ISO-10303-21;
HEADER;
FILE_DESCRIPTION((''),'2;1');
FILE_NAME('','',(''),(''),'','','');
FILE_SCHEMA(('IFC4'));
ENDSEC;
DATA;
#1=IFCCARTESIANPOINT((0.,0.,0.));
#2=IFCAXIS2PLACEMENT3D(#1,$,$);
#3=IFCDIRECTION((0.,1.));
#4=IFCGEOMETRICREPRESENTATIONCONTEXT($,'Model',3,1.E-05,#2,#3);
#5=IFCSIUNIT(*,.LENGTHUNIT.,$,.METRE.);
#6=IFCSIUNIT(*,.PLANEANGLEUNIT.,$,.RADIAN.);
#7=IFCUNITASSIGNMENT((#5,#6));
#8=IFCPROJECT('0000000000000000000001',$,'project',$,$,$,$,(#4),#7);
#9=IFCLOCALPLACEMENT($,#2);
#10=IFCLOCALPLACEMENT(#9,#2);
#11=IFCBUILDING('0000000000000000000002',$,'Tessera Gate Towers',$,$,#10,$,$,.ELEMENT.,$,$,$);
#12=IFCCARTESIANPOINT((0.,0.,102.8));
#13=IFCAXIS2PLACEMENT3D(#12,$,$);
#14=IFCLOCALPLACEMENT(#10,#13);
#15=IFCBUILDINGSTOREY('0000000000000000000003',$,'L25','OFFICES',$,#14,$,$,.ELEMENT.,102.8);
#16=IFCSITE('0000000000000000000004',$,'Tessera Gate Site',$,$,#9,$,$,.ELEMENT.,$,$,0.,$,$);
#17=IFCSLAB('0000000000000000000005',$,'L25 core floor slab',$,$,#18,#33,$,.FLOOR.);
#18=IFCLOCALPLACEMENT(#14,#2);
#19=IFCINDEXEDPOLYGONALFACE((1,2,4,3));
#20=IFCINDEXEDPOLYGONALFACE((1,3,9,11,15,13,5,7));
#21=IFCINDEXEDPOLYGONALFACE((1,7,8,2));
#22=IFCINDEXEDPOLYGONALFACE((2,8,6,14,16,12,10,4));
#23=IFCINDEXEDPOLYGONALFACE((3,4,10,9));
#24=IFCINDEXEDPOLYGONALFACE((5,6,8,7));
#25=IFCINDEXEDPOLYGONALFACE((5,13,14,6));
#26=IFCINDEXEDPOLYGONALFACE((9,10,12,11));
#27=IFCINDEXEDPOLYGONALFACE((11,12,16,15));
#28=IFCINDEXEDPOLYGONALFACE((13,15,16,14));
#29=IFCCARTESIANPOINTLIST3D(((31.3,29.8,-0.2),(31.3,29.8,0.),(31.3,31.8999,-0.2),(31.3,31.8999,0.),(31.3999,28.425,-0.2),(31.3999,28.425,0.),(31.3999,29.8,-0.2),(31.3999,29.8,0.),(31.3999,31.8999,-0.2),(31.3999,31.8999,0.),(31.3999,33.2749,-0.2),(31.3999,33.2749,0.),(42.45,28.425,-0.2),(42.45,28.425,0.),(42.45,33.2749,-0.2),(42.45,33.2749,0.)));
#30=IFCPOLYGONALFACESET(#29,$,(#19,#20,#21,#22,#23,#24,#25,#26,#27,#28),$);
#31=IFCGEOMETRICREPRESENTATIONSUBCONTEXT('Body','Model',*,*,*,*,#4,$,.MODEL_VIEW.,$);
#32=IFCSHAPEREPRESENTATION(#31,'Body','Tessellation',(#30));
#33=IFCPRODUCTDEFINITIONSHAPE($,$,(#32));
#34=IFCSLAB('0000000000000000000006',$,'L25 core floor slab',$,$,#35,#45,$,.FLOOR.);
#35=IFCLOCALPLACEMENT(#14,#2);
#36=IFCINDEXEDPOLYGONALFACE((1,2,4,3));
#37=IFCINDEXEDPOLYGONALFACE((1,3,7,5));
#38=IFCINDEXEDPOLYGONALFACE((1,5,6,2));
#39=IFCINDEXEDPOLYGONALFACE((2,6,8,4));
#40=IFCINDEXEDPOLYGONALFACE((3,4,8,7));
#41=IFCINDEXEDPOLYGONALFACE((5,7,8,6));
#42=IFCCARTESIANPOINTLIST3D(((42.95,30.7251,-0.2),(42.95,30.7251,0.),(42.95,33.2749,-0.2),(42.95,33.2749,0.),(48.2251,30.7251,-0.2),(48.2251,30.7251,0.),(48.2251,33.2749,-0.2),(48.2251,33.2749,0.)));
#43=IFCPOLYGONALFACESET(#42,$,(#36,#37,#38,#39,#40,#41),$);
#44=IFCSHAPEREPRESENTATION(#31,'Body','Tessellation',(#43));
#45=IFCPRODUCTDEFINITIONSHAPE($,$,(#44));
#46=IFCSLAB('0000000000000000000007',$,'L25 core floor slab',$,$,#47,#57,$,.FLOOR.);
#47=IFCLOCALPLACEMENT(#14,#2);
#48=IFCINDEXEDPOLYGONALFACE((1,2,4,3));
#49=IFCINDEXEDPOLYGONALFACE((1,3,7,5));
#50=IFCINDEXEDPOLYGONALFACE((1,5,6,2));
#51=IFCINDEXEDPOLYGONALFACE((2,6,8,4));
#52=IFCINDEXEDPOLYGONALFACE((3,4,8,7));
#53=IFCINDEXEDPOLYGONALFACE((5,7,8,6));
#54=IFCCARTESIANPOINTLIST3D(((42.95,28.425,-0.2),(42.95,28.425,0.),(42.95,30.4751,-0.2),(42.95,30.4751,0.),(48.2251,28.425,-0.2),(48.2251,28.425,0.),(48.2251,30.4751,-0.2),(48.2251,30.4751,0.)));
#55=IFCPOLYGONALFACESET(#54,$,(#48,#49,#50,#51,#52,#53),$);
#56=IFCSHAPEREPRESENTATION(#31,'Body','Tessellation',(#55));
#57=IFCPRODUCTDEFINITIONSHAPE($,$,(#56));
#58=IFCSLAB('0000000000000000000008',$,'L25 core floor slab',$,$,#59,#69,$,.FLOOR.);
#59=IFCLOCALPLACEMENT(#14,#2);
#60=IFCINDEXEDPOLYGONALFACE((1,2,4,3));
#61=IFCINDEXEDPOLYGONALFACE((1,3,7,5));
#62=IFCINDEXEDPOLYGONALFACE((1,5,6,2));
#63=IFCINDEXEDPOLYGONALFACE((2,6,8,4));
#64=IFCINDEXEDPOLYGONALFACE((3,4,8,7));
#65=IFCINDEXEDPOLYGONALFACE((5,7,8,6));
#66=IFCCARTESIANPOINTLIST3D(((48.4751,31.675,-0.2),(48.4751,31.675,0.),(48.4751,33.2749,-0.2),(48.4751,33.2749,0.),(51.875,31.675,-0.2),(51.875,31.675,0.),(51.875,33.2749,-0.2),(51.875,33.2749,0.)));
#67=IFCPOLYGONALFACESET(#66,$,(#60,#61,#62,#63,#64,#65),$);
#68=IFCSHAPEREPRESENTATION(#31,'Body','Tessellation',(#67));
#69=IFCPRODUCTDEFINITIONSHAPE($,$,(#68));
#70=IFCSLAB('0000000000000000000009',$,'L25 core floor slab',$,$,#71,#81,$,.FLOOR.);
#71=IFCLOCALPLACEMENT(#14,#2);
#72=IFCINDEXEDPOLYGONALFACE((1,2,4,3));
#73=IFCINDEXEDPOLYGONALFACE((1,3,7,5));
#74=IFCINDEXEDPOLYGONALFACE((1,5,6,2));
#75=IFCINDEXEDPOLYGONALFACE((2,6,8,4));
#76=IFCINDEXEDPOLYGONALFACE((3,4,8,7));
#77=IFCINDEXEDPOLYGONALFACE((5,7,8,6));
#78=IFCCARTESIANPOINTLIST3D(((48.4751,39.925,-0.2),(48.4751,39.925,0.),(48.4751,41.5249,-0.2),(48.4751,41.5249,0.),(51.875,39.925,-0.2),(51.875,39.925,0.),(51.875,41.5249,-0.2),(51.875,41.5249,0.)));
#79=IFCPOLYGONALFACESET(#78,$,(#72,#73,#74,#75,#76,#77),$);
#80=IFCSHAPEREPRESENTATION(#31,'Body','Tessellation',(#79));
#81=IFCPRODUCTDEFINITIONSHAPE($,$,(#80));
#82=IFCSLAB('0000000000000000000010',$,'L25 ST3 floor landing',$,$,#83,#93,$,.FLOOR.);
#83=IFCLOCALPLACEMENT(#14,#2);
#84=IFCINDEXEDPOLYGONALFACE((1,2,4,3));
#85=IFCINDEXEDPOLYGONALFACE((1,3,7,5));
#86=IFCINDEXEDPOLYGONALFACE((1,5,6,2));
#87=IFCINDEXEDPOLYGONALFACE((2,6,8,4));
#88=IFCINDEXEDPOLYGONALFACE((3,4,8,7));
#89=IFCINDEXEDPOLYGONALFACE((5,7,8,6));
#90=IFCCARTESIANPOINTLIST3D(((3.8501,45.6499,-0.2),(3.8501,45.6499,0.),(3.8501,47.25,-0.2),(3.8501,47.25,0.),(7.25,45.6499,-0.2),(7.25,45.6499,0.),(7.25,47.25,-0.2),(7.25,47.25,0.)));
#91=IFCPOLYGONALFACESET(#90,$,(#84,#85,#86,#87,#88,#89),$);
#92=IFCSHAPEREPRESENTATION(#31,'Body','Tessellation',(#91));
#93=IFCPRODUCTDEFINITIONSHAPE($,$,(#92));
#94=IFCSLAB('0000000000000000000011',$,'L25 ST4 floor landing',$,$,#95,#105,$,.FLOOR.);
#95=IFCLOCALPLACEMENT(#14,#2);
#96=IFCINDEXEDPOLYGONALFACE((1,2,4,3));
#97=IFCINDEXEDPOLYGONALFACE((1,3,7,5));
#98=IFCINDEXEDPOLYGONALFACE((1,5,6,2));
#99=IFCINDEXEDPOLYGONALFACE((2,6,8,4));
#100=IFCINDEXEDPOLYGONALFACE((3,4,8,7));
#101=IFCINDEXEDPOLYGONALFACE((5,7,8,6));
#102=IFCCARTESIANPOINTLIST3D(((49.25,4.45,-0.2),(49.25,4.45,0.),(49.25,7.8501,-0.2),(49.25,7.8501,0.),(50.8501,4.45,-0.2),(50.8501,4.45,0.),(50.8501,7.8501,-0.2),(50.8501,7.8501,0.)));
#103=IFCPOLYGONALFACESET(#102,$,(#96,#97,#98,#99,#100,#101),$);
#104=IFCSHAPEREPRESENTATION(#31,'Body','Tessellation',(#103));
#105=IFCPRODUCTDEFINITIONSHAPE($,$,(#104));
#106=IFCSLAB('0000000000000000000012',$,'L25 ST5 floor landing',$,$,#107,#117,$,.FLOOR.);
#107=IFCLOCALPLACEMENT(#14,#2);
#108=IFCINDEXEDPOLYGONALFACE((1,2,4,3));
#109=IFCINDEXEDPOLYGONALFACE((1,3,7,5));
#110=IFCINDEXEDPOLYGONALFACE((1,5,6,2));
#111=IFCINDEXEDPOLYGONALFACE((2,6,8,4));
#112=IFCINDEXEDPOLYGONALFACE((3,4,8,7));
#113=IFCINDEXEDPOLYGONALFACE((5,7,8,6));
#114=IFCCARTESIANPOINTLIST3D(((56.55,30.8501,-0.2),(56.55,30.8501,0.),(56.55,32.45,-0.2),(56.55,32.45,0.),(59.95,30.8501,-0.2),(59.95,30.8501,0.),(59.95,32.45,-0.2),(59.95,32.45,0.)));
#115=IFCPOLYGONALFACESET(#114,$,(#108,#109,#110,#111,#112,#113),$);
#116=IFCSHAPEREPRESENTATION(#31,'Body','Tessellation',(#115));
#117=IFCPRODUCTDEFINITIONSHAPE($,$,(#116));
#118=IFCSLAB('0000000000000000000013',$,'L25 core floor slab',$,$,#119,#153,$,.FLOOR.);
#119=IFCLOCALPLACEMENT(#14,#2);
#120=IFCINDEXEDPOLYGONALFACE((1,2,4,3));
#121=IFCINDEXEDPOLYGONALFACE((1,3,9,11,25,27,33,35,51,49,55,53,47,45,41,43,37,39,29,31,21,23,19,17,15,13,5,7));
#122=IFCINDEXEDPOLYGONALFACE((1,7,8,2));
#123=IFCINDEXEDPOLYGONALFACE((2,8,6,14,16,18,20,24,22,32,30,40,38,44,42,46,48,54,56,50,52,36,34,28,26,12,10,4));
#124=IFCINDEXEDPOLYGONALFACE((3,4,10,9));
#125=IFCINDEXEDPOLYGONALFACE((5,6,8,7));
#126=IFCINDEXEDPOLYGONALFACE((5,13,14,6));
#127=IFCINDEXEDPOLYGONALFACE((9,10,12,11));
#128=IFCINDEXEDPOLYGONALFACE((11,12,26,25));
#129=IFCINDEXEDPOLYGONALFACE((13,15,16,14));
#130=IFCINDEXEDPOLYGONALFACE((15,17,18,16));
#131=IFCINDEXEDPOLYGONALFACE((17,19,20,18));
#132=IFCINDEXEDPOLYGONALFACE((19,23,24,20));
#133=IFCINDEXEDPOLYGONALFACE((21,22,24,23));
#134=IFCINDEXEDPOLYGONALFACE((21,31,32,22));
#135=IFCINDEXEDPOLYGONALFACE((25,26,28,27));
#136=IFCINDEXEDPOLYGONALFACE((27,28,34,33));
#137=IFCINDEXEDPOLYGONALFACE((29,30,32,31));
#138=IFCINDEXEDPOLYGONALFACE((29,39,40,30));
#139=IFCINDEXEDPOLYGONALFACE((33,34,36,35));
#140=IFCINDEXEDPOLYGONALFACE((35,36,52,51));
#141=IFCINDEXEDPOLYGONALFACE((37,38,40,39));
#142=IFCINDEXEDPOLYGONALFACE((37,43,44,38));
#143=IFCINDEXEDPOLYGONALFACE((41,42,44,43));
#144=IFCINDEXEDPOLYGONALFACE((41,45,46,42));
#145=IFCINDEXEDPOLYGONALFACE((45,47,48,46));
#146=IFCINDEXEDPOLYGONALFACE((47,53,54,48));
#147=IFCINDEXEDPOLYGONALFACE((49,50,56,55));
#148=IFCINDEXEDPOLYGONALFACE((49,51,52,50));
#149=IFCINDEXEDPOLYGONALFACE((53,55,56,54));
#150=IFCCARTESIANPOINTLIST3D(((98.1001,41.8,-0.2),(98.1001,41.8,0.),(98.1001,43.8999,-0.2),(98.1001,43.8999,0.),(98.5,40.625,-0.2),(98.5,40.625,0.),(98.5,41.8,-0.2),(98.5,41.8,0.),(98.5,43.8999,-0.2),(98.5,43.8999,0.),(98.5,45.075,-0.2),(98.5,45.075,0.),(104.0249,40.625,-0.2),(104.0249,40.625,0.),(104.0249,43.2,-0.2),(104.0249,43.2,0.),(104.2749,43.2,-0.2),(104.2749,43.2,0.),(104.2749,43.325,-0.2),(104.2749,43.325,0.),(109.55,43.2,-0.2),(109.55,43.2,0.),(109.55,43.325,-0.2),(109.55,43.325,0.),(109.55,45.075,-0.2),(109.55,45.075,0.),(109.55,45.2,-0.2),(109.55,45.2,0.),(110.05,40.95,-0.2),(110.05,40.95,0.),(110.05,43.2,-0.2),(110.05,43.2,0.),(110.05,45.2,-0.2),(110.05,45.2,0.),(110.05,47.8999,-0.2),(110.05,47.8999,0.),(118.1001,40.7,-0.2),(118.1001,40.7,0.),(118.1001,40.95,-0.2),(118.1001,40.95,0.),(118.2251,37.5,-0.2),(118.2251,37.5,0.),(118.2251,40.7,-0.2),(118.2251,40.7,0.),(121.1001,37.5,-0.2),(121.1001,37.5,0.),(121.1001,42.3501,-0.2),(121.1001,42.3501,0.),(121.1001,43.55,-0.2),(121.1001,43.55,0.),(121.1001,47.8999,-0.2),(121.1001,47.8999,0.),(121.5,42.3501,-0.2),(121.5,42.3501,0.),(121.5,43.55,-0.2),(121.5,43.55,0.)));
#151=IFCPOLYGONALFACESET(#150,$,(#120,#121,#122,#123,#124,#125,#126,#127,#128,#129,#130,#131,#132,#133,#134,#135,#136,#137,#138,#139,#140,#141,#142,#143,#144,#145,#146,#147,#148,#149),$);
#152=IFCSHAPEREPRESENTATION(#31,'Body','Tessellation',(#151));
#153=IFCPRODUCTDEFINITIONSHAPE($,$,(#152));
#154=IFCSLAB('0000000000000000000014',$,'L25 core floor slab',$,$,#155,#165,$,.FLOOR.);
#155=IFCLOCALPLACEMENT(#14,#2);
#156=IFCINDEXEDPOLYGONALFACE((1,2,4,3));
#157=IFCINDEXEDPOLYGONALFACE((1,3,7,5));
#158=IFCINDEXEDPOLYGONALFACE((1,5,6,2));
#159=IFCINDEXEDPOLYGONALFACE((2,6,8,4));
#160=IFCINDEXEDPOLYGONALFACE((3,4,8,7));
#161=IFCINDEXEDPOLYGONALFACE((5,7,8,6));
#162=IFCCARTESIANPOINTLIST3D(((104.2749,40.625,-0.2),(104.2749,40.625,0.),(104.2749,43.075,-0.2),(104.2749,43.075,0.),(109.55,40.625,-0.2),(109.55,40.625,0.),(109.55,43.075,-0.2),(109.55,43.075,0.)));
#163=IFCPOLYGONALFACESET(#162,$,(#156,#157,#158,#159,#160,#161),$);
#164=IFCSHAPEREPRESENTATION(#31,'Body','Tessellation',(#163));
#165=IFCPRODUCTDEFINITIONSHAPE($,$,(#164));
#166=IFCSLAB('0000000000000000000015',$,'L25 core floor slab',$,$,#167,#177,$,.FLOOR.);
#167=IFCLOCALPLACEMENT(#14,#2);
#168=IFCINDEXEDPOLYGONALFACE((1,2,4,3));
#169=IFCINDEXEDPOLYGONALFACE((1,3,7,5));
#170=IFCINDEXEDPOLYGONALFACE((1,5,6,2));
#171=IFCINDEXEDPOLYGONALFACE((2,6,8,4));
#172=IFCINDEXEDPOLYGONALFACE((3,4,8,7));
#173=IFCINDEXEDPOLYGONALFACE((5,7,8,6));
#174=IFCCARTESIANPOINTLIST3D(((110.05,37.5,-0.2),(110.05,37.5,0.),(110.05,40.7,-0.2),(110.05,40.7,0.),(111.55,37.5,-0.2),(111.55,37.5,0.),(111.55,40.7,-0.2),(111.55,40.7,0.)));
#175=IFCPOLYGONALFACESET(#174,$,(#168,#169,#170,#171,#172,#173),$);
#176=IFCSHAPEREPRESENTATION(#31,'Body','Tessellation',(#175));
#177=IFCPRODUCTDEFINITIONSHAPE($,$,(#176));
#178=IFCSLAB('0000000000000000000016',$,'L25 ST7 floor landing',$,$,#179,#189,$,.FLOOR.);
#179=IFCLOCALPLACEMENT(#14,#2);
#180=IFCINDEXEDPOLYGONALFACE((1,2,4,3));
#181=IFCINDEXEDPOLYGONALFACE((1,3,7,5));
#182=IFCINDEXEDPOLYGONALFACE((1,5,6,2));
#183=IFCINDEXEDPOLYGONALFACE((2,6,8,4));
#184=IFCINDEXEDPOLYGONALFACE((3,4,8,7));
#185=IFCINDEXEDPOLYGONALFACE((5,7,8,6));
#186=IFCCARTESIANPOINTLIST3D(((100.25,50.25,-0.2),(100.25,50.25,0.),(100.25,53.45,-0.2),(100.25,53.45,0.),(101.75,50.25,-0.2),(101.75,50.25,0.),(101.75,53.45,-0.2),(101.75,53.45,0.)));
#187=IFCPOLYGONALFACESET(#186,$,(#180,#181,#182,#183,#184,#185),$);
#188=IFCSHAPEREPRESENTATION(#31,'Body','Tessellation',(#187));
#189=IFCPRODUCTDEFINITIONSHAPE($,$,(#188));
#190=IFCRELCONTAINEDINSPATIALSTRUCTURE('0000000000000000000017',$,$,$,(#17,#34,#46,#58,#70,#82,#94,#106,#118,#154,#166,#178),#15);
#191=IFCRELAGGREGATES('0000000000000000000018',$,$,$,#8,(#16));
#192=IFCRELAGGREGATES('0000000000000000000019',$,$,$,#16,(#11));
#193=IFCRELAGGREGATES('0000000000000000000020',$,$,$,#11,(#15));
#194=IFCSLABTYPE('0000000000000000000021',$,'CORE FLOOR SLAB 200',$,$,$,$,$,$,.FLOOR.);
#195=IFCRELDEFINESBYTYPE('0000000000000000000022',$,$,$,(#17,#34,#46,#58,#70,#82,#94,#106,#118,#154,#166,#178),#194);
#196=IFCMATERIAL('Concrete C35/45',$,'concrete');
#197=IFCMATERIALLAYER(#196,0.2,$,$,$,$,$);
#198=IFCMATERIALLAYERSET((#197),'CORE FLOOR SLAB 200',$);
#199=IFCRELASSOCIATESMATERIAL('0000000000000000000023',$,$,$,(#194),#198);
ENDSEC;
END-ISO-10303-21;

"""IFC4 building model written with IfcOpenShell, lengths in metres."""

from ifc_helpers import new_model, si_unit, direction, frame, origin, place, context, subcontext, project, spatial, polyline, outline, extrude, material, layer, layer_set, type_object, element, save


model = new_model("IFC4")

# Units and contexts
model_context = context("Model", 3, precision=1e-05, world=origin(), true_north=direction((0.0, 1.0)))
body_context = subcontext(model_context, "Body", "Model", "MODEL_VIEW")
ifc_project = project(units=[si_unit("LENGTHUNIT", "METRE"), si_unit("PLANEANGLEUNIT", "RADIAN")], contexts=[model_context])

# Site, building, storey
site_placement = place(None, origin())
site = spatial("IfcSite", under=ifc_project, at=site_placement, Name="Tessera Gate Site", CompositionType="ELEMENT", RefElevation=0.0)
building_placement = place(site_placement, origin())
building = spatial("IfcBuilding", under=site, at=building_placement, Name="Tessera Gate Towers", CompositionType="ELEMENT")
storey_placement = place(building_placement, frame((0.0, 0.0, 102.8)))
storey = spatial("IfcBuildingStorey", under=building, at=storey_placement, Name="L25", Description="OFFICES", CompositionType="ELEMENT", Elevation=102.8)

# Slabs
ifc_material_1 = material(Name="Concrete C35/45", Category="concrete")
ifc_layer_1 = layer(ifc_material_1, 0.2)
ifc_layer_set_1 = layer_set([ifc_layer_1], Name="CORE FLOOR SLAB 200")
slab_type_1 = type_object("IfcSlabType", Name="CORE FLOOR SLAB 200", PredefinedType="FLOOR", material=ifc_layer_set_1)
slab_1_placement = place(storey_placement, frame((0.0, 0.0, -0.2)))
element("IfcSlab", 1, at=slab_1_placement, inside=storey, type_object=slab_type_1, Name="L25 core floor slab", PredefinedType="FLOOR", context=body_context, shape_type="SweptSolid", body=[
    extrude(outline(polyline([(31.3999, 29.8), (31.3999, 28.425), (42.45, 28.425), (42.45, 33.2749), (31.3999, 33.2749), (31.3999, 31.8999), (31.3, 31.8999), (31.3, 29.8), (31.3999, 29.8)])), origin(), (0.0, 0.0, 1.0), 0.2),
])
slab_2_placement = place(storey_placement, frame((0.0, 0.0, -0.2)))
element("IfcSlab", 2, at=slab_2_placement, inside=storey, type_object=slab_type_1, Name="L25 core floor slab", PredefinedType="FLOOR", context=body_context, shape_type="SweptSolid", body=[
    extrude(outline(polyline([(42.95, 33.2749), (42.95, 30.7251), (48.2251, 30.7251), (48.2251, 33.2749), (42.95, 33.2749)])), origin(), (0.0, 0.0, 1.0), 0.2),
])
slab_3_placement = place(storey_placement, frame((0.0, 0.0, -0.2)))
element("IfcSlab", 3, at=slab_3_placement, inside=storey, type_object=slab_type_1, Name="L25 core floor slab", PredefinedType="FLOOR", context=body_context, shape_type="SweptSolid", body=[
    extrude(outline(polyline([(42.95, 30.4751), (42.95, 28.425), (48.2251, 28.425), (48.2251, 30.4751), (42.95, 30.4751)])), origin(), (0.0, 0.0, 1.0), 0.2),
])
slab_4_placement = place(storey_placement, frame((0.0, 0.0, -0.2)))
element("IfcSlab", 4, at=slab_4_placement, inside=storey, type_object=slab_type_1, Name="L25 core floor slab", PredefinedType="FLOOR", context=body_context, shape_type="SweptSolid", body=[
    extrude(outline(polyline([(51.875, 31.675), (51.875, 33.2749), (48.4751, 33.2749), (48.4751, 31.675), (51.875, 31.675)])), origin(), (0.0, 0.0, 1.0), 0.2),
])
slab_5_placement = place(storey_placement, frame((0.0, 0.0, -0.2)))
element("IfcSlab", 5, at=slab_5_placement, inside=storey, type_object=slab_type_1, Name="L25 core floor slab", PredefinedType="FLOOR", context=body_context, shape_type="SweptSolid", body=[
    extrude(outline(polyline([(48.4751, 41.5249), (48.4751, 39.925), (51.875, 39.925), (51.875, 41.5249), (48.4751, 41.5249)])), origin(), (0.0, 0.0, 1.0), 0.2),
])
slab_6_placement = place(storey_placement, frame((0.0, 0.0, -0.2)))
element("IfcSlab", 6, at=slab_6_placement, inside=storey, type_object=slab_type_1, Name="L25 ST3 floor landing", PredefinedType="FLOOR", context=body_context, shape_type="SweptSolid", body=[
    extrude(outline(polyline([(3.8501, 47.25), (3.8501, 45.6499), (7.25, 45.6499), (7.25, 47.25), (3.8501, 47.25)])), origin(), (0.0, 0.0, 1.0), 0.2),
])
slab_7_placement = place(storey_placement, frame((0.0, 0.0, -0.2)))
element("IfcSlab", 7, at=slab_7_placement, inside=storey, type_object=slab_type_1, Name="L25 ST4 floor landing", PredefinedType="FLOOR", context=body_context, shape_type="SweptSolid", body=[
    extrude(outline(polyline([(49.25, 4.45), (50.8501, 4.45), (50.8501, 7.8501), (49.25, 7.8501), (49.25, 4.45)])), origin(), (0.0, 0.0, 1.0), 0.2),
])
slab_8_placement = place(storey_placement, frame((0.0, 0.0, -0.2)))
element("IfcSlab", 8, at=slab_8_placement, inside=storey, type_object=slab_type_1, Name="L25 ST5 floor landing", PredefinedType="FLOOR", context=body_context, shape_type="SweptSolid", body=[
    extrude(outline(polyline([(59.95, 30.8501), (59.95, 32.45), (56.55, 32.45), (56.55, 30.8501), (59.95, 30.8501)])), origin(), (0.0, 0.0, 1.0), 0.2),
])
slab_9_placement = place(storey_placement, frame((0.0, 0.0, -0.2)))
element("IfcSlab", 9, at=slab_9_placement, inside=storey, type_object=slab_type_1, Name="L25 core floor slab", PredefinedType="FLOOR", context=body_context, shape_type="SweptSolid", body=[
    extrude(outline(polyline([(109.55, 45.2), (109.55, 45.075), (98.5, 45.075), (98.5, 43.8999), (98.1001, 43.8999), (98.1001, 41.8), (98.5, 41.8), (98.5, 40.625), (104.0249, 40.625), (104.0249, 43.2), (104.2749, 43.2), (104.2749, 43.325), (109.55, 43.325), (109.55, 43.2), (110.05, 43.2), (110.05, 40.95), (118.1001, 40.95), (118.1001, 40.7), (118.2251, 40.7), (118.2251, 37.5), (121.1001, 37.5), (121.1001, 42.3501), (121.5, 42.3501), (121.5, 43.55), (121.1001, 43.55), (121.1001, 47.8999), (110.05, 47.8999), (110.05, 45.2), (109.55, 45.2)])), origin(), (0.0, 0.0, 1.0), 0.2),
])
slab_10_placement = place(storey_placement, frame((0.0, 0.0, -0.2)))
element("IfcSlab", 10, at=slab_10_placement, inside=storey, type_object=slab_type_1, Name="L25 core floor slab", PredefinedType="FLOOR", context=body_context, shape_type="SweptSolid", body=[
    extrude(outline(polyline([(109.55, 43.075), (104.2749, 43.075), (104.2749, 40.625), (109.55, 40.625), (109.55, 43.075)])), origin(), (0.0, 0.0, 1.0), 0.2),
])
slab_11_placement = place(storey_placement, frame((0.0, 0.0, -0.2)))
element("IfcSlab", 11, at=slab_11_placement, inside=storey, type_object=slab_type_1, Name="L25 core floor slab", PredefinedType="FLOOR", context=body_context, shape_type="SweptSolid", body=[
    extrude(outline(polyline([(111.55, 37.5), (111.55, 40.7), (110.05, 40.7), (110.05, 37.5), (111.55, 37.5)])), origin(), (0.0, 0.0, 1.0), 0.2),
])
slab_12_placement = place(storey_placement, frame((0.0, 0.0, -0.2)))
element("IfcSlab", 12, at=slab_12_placement, inside=storey, type_object=slab_type_1, Name="L25 ST7 floor landing", PredefinedType="FLOOR", context=body_context, shape_type="SweptSolid", body=[
    extrude(outline(polyline([(100.25, 50.25), (101.75, 50.25), (101.75, 53.45), (100.25, 53.45), (100.25, 50.25)])), origin(), (0.0, 0.0, 1.0), 0.2),
])

save(model, "model.ifc")
